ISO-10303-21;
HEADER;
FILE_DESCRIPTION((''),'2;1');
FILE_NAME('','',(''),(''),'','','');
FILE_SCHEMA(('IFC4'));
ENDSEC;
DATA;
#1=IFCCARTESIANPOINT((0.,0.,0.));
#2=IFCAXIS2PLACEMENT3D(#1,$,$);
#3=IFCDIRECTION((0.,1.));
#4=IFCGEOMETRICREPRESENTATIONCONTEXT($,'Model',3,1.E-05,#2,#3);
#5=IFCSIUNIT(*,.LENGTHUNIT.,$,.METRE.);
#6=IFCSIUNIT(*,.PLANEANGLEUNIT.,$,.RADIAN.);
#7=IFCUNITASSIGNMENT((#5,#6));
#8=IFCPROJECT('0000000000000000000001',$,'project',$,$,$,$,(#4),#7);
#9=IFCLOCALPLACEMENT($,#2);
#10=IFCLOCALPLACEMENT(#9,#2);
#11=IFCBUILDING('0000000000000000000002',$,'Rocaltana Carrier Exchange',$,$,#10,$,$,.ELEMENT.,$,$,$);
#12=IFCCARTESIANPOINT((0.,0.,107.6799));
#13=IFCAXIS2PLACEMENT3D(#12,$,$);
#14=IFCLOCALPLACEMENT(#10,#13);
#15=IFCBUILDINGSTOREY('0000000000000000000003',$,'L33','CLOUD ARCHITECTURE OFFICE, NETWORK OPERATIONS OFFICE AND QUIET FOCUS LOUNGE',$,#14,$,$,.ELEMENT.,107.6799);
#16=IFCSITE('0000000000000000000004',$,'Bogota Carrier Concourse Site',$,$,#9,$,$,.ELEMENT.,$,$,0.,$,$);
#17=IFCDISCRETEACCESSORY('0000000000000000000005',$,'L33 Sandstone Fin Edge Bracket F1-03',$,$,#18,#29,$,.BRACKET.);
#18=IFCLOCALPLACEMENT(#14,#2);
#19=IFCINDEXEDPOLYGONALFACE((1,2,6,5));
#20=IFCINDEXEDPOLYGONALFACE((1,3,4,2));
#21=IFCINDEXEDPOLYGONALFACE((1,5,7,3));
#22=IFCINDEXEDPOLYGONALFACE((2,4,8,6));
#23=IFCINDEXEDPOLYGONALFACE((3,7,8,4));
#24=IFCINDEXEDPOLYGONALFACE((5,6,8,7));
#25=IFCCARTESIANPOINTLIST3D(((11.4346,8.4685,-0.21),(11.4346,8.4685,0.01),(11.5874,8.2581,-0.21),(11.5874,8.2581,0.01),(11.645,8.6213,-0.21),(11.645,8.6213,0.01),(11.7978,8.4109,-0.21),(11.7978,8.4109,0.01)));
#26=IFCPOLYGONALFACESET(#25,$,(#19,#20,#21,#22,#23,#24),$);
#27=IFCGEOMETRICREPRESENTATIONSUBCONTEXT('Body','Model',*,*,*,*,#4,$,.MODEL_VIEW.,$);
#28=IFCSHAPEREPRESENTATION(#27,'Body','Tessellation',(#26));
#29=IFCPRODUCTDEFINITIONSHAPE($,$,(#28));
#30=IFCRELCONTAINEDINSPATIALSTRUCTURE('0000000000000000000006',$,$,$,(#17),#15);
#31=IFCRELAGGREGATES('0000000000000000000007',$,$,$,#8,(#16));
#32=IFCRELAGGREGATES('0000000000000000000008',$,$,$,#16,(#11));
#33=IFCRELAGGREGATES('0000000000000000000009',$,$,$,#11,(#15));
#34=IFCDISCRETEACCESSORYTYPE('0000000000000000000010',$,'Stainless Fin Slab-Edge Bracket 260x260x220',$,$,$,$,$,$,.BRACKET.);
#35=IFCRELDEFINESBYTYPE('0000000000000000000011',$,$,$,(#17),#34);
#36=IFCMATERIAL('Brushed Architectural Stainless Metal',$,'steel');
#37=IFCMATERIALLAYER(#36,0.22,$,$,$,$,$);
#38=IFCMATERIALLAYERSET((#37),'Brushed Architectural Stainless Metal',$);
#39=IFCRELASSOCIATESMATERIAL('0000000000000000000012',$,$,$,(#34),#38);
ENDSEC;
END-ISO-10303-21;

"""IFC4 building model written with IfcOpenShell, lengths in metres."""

from ifc_helpers import new_model, si_unit, direction, frame, origin, origin_2d, place, context, subcontext, project, spatial, rectangle, extrude, material, layer, layer_set, type_object, element, save


model = new_model("IFC4")

# Units and contexts
model_context = context("Model", 3, precision=1e-05, world=origin(), true_north=direction((0.0, 1.0)))
body_context = subcontext(model_context, "Body", "Model", "MODEL_VIEW")
ifc_project = project(units=[si_unit("LENGTHUNIT", "METRE"), si_unit("PLANEANGLEUNIT", "RADIAN")], contexts=[model_context])

# Site, building, storey
site_placement = place(None, origin())
site = spatial("IfcSite", under=ifc_project, at=site_placement, Name="Bogota Carrier Concourse Site", CompositionType="ELEMENT", RefElevation=0.0)
building_placement = place(site_placement, origin())
building = spatial("IfcBuilding", under=site, at=building_placement, Name="Rocaltana Carrier Exchange", CompositionType="ELEMENT")
storey_placement = place(building_placement, frame((0.0, 0.0, 107.6799)))
storey = spatial("IfcBuildingStorey", under=building, at=storey_placement, Name="L33", Description="CLOUD ARCHITECTURE OFFICE, NETWORK OPERATIONS OFFICE AND QUIET FOCUS LOUNGE", CompositionType="ELEMENT", Elevation=107.6799)

# Discrete accessory
ifc_material_1 = material(Name="Brushed Architectural Stainless Metal", Category="steel")
ifc_layer_1 = layer(ifc_material_1, 0.22)
ifc_layer_set_1 = layer_set([ifc_layer_1], Name="Brushed Architectural Stainless Metal")
discrete_accessory_type = type_object("IfcDiscreteAccessoryType", Name="Stainless Fin Slab-Edge Bracket 260x260x220", PredefinedType="BRACKET", material=ifc_layer_set_1)
discrete_accessory_placement = place(storey_placement, frame((11.6162, 8.4397, -0.21), z_axis=(0.0, 0.0, 1.0), x_axis=(-0.587785, 0.809017, 0.0)))
element("IfcDiscreteAccessory", 1, at=discrete_accessory_placement, inside=storey, type_object=discrete_accessory_type, Name="L33 Sandstone Fin Edge Bracket F1-03", PredefinedType="BRACKET", context=body_context, shape_type="SweptSolid", body=[
    extrude(rectangle(XDim=0.26, YDim=0.26, at=origin_2d()), origin(), (0.0, 0.0, 1.0), 0.22),
])

save(model, "model.ifc")
